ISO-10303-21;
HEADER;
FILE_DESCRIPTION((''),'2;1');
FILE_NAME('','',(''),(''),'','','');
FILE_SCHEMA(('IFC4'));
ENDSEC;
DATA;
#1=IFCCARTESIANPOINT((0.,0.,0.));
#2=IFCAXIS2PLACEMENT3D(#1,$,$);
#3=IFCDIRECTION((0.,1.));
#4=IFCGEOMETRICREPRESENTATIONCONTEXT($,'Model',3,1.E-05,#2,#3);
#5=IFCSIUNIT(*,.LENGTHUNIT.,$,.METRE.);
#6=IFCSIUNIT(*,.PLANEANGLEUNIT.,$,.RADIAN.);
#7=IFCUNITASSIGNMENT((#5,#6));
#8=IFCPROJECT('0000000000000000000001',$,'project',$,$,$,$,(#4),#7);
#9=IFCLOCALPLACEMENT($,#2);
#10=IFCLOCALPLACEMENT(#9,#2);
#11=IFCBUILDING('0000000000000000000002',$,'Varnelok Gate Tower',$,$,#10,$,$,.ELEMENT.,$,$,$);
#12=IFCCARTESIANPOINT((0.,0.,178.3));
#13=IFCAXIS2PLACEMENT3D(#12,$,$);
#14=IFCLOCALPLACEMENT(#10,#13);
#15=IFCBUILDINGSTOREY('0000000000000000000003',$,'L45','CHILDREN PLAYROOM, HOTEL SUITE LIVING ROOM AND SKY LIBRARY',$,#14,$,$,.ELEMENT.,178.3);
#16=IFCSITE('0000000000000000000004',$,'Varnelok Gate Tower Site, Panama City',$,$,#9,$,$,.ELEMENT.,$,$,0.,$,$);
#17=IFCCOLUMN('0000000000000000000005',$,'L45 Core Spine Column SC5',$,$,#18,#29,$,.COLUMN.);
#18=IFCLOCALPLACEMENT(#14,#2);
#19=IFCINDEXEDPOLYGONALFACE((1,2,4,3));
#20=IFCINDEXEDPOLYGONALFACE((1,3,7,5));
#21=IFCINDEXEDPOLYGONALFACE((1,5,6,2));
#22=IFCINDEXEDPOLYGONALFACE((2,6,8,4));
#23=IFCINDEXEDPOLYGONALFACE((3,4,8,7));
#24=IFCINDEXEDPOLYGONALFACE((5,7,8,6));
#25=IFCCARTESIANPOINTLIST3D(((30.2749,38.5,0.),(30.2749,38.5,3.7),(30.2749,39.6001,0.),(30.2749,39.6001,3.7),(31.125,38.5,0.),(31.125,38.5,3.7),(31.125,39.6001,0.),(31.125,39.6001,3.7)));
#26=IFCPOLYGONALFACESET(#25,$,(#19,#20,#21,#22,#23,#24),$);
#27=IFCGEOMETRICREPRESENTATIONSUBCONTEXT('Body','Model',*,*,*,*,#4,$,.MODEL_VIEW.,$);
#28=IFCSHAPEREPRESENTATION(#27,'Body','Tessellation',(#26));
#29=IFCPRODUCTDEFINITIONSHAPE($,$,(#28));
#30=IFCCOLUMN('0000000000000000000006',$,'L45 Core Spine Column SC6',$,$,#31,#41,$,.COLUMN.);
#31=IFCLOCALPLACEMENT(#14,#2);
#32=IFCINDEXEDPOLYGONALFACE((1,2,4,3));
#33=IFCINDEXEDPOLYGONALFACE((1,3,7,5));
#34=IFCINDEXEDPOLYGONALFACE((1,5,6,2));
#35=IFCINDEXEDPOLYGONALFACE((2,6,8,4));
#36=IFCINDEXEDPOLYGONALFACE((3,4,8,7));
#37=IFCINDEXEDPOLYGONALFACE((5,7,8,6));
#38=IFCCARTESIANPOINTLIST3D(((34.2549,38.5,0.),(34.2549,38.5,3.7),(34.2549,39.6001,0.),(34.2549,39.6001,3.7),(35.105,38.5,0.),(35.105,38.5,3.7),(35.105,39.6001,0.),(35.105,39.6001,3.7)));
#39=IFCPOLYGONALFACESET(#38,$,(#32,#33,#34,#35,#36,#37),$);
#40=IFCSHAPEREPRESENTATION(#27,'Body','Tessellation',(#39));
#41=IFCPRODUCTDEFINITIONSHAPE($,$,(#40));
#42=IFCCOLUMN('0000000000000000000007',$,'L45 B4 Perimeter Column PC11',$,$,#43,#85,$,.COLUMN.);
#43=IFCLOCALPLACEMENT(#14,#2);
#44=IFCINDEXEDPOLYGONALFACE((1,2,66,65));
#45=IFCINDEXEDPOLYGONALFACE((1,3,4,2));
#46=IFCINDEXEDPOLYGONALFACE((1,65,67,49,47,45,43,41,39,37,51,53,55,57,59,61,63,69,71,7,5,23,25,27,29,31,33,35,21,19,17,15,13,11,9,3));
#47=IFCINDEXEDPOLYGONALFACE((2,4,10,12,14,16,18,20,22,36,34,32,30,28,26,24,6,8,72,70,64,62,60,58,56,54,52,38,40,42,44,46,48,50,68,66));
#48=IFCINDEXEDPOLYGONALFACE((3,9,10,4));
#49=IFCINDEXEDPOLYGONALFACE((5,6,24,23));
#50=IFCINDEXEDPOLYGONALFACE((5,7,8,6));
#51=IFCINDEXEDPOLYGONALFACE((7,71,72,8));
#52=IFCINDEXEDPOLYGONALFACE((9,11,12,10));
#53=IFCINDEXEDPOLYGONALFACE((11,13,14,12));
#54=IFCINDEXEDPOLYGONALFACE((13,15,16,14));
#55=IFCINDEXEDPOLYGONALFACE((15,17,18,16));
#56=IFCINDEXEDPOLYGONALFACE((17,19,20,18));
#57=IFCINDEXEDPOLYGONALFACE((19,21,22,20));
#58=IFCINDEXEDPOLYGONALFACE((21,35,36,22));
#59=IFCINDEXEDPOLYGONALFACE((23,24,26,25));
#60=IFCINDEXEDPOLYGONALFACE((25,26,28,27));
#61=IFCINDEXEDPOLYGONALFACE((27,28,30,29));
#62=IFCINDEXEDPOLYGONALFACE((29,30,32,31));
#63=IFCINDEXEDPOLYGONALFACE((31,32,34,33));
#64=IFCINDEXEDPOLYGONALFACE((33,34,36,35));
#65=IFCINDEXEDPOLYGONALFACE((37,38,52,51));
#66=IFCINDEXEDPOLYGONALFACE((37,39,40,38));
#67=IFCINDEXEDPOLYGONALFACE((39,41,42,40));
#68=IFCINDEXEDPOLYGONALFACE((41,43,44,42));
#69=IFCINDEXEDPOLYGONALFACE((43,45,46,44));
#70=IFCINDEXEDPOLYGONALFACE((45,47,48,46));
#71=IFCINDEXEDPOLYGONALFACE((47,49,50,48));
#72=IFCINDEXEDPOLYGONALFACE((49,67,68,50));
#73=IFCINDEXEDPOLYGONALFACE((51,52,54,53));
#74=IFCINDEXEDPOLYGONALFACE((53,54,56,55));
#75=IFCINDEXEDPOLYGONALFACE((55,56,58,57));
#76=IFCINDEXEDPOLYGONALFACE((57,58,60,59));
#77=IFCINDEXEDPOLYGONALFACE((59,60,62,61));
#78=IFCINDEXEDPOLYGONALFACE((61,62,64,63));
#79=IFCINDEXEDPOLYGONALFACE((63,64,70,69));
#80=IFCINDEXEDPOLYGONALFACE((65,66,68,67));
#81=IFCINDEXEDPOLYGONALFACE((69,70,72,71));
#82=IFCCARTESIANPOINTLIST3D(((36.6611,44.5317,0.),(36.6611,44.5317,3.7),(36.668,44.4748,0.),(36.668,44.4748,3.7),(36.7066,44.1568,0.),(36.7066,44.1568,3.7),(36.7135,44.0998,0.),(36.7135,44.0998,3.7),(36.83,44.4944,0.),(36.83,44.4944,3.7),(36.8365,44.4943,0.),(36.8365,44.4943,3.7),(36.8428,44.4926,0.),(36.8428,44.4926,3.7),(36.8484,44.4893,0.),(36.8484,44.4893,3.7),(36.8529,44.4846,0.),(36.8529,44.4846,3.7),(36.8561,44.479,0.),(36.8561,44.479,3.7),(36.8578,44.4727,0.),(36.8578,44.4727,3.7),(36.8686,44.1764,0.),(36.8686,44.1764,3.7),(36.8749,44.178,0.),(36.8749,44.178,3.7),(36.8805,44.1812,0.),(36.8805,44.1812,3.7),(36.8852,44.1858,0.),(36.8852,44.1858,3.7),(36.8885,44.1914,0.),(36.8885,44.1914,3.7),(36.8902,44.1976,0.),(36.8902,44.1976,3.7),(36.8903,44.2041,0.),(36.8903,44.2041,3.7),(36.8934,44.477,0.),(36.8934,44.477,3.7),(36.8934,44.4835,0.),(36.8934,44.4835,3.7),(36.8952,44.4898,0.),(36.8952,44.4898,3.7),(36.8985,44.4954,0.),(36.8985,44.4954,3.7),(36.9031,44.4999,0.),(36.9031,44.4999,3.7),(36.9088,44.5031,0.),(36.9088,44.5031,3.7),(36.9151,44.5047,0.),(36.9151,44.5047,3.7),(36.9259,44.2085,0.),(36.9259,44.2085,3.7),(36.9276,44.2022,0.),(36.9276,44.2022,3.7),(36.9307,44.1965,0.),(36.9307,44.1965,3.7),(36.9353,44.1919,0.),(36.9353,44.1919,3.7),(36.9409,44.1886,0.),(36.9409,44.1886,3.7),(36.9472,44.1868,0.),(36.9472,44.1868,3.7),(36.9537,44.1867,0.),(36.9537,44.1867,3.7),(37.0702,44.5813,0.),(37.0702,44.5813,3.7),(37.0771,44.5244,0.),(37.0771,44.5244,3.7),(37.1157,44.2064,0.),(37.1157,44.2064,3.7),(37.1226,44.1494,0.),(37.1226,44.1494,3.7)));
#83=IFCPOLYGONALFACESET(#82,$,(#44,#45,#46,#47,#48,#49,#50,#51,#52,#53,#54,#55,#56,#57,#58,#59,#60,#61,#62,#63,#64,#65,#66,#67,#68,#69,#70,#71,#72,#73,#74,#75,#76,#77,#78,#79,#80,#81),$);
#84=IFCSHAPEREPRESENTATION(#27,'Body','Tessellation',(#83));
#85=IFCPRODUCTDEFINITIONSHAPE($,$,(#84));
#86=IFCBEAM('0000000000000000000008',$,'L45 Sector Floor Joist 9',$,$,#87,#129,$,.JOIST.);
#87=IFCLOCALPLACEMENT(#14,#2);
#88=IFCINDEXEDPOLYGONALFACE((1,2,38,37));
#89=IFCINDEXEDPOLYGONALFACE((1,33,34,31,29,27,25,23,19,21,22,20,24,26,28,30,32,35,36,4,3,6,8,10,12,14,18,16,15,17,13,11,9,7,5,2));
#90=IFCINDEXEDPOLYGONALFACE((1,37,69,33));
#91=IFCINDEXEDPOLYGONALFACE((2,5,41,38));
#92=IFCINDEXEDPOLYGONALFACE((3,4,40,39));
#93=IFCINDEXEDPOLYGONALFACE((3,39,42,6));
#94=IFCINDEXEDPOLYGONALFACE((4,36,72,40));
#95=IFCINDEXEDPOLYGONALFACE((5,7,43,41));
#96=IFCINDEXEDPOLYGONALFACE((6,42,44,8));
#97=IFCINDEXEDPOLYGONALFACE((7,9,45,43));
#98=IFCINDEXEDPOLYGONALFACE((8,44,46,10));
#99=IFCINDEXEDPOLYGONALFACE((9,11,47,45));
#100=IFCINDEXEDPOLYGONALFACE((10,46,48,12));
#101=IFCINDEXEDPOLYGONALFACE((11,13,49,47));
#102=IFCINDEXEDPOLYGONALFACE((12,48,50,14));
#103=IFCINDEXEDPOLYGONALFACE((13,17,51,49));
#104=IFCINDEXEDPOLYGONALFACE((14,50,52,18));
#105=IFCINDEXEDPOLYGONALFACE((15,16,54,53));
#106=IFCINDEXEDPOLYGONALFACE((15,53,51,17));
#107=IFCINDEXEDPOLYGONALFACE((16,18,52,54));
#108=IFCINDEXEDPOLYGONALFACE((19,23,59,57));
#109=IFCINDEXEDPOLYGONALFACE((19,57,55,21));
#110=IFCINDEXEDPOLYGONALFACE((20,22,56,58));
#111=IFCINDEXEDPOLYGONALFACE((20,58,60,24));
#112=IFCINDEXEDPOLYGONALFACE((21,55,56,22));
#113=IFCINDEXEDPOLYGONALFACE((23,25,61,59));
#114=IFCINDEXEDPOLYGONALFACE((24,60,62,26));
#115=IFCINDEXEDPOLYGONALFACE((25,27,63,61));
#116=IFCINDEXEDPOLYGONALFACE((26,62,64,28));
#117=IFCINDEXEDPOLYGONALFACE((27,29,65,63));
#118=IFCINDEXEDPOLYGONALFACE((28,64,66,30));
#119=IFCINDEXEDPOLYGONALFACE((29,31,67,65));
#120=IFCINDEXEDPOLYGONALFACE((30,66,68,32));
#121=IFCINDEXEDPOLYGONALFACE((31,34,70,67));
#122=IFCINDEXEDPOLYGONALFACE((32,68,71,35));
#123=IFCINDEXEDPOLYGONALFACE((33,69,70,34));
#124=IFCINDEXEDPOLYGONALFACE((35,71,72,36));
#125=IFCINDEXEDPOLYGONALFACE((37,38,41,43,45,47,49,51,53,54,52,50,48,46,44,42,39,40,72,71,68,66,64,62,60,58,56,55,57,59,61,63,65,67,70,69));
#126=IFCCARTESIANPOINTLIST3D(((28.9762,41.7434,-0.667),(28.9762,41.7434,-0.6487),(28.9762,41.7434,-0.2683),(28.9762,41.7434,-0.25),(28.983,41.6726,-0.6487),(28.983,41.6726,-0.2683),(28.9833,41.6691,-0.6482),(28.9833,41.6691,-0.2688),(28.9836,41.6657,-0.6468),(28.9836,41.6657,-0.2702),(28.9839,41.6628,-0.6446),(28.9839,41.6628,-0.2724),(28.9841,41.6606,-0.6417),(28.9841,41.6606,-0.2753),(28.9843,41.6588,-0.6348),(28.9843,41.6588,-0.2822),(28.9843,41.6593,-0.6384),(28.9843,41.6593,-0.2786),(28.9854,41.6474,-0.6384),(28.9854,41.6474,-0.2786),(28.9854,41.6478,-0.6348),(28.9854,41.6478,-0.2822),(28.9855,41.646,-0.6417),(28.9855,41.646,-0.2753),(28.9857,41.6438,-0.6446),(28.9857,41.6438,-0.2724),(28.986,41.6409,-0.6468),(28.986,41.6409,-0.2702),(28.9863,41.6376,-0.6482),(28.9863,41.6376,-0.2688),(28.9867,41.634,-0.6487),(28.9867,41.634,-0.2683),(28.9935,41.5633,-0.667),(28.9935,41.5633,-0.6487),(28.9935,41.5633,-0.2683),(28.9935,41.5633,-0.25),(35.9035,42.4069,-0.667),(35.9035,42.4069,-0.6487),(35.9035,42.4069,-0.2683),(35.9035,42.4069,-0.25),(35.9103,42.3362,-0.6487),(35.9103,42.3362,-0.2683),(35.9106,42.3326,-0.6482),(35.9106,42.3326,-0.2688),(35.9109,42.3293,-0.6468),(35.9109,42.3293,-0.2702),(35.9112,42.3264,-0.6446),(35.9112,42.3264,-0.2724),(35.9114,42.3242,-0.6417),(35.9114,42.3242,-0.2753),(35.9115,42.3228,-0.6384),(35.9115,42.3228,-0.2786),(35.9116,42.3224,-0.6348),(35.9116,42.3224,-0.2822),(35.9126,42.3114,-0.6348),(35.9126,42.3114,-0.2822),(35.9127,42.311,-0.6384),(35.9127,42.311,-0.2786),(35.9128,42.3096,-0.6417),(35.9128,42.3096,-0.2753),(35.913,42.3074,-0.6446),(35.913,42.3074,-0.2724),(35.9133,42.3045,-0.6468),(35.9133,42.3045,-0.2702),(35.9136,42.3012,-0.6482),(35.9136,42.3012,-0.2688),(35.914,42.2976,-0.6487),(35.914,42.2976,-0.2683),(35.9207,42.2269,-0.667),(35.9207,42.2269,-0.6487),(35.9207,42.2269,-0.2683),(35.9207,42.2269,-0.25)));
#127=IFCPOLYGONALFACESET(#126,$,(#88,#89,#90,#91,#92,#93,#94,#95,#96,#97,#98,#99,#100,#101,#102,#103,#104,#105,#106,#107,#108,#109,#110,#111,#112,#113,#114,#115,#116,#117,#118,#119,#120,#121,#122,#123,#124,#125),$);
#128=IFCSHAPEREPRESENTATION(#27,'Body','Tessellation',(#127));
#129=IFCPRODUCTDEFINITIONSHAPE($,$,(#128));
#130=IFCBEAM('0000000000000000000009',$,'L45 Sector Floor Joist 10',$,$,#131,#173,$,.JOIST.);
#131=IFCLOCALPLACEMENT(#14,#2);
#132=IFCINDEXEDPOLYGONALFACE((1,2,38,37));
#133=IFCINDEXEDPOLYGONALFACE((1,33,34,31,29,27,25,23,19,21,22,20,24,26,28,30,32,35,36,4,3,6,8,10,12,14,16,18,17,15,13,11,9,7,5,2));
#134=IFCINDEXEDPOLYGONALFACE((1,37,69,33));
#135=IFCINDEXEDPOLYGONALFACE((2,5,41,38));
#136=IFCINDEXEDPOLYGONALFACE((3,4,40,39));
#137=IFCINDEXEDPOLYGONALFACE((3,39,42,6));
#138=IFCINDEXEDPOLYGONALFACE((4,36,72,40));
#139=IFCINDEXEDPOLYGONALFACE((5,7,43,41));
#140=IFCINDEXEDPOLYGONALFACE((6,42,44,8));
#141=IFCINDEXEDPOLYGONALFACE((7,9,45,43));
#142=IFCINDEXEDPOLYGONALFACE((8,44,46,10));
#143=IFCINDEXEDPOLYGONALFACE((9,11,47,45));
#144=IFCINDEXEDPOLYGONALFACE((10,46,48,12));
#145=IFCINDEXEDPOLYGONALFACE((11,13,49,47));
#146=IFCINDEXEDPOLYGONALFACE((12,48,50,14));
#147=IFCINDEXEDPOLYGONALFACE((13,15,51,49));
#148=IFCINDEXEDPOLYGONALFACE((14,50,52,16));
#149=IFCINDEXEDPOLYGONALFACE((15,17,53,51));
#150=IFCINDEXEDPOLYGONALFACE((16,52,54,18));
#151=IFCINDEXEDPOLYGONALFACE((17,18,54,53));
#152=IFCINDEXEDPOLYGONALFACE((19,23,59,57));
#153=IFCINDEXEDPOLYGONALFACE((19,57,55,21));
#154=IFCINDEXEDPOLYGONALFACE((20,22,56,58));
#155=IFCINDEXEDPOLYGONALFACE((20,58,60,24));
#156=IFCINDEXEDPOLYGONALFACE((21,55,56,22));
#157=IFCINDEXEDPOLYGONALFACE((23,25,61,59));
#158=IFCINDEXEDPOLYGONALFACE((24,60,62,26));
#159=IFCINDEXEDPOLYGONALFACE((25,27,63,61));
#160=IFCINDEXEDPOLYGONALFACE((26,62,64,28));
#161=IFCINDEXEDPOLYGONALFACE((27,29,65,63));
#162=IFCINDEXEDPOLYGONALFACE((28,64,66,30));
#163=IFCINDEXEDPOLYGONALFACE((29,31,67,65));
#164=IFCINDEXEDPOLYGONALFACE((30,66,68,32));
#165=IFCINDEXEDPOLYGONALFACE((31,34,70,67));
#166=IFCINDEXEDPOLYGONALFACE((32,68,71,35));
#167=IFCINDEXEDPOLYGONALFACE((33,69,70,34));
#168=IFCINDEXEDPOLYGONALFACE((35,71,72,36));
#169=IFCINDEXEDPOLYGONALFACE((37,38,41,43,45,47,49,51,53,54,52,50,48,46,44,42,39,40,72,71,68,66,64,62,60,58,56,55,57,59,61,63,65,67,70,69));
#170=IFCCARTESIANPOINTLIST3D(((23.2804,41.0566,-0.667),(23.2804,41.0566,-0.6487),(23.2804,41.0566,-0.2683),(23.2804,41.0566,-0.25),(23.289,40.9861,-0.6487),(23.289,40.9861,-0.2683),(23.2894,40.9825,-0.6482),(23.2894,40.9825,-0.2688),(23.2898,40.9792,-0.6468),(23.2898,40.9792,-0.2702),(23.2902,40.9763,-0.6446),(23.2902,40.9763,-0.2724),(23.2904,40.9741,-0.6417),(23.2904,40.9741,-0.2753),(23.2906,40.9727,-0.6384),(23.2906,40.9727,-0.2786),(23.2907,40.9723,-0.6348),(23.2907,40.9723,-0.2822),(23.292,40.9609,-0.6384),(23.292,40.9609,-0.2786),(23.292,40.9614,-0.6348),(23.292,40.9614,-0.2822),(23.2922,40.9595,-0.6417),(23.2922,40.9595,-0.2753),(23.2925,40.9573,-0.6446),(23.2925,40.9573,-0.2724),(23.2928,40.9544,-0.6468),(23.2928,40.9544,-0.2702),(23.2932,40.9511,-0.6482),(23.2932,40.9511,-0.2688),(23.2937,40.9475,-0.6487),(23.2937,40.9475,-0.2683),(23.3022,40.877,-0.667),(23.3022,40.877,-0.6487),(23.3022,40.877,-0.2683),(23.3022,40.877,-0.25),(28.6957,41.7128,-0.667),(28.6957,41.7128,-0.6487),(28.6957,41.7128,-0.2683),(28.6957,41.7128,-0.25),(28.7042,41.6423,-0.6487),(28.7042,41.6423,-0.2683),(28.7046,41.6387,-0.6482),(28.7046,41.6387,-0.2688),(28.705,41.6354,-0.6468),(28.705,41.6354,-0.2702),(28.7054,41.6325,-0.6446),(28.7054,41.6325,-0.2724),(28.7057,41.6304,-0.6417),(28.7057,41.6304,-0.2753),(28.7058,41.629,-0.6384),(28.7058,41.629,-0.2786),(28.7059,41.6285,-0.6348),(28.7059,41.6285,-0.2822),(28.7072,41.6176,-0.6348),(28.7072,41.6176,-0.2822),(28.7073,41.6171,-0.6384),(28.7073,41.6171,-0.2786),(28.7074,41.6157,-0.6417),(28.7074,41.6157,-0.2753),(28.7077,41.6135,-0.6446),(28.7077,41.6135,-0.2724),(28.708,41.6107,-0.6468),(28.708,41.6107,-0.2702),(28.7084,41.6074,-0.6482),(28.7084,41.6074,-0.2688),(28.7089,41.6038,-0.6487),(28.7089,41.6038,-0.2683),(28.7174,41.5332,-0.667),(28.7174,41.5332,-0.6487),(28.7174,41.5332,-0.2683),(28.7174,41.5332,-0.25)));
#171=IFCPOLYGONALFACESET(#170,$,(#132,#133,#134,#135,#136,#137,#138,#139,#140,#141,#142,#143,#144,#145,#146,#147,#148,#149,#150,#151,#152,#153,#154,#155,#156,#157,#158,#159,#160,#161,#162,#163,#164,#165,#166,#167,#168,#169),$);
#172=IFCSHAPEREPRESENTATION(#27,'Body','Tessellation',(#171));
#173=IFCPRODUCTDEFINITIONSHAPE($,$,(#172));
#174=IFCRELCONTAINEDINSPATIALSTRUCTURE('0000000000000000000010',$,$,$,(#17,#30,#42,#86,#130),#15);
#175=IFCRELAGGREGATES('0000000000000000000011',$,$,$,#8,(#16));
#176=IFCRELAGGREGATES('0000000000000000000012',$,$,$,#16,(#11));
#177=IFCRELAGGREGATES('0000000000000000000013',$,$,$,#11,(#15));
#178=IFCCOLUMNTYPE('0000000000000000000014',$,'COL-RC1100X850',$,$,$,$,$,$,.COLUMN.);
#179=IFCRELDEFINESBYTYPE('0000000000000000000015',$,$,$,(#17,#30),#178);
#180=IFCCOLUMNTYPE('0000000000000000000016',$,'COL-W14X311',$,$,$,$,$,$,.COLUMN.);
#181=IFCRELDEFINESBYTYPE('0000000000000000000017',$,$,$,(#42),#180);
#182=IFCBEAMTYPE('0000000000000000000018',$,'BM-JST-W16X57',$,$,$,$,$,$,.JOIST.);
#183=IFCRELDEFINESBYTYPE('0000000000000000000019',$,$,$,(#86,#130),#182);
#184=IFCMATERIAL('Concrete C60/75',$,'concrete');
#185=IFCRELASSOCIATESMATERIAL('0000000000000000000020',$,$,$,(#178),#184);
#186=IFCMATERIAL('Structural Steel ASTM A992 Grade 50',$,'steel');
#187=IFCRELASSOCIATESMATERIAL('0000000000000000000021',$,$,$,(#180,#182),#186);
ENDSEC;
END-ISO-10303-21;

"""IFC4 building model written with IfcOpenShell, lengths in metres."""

from ifc_helpers import new_model, si_unit, direction, frame, origin, origin_2d, place, context, subcontext, project, spatial, rectangle, i_section, extrude, material, material_profile, profile_set, type_object, element, save


model = new_model("IFC4")

# Units and contexts
model_context = context("Model", 3, precision=1e-05, world=origin(), true_north=direction((0.0, 1.0)))
body_context = subcontext(model_context, "Body", "Model", "MODEL_VIEW")
ifc_project = project(units=[si_unit("LENGTHUNIT", "METRE"), si_unit("PLANEANGLEUNIT", "RADIAN")], contexts=[model_context])

# Site, building, storey
site_placement = place(None, origin())
site = spatial("IfcSite", under=ifc_project, at=site_placement, Name="Varnelok Gate Tower Site, Panama City", CompositionType="ELEMENT", RefElevation=0.0)
building_placement = place(site_placement, origin())
building = spatial("IfcBuilding", under=site, at=building_placement, Name="Varnelok Gate Tower", CompositionType="ELEMENT")
storey_placement = place(building_placement, frame((0.0, 0.0, 178.3)))
storey = spatial("IfcBuildingStorey", under=building, at=storey_placement, Name="L45", Description="CHILDREN PLAYROOM, HOTEL SUITE LIVING ROOM AND SKY LIBRARY", CompositionType="ELEMENT", Elevation=178.3)

# Columns
ifc_material_1 = material(Name="Concrete C60/75", Category="concrete")
ifc_material_profile_1 = material_profile(ifc_material_1, rectangle(XDim=0.8501, YDim=1.1001, at=origin_2d()), Name="RC1100X850")
ifc_profile_set_1 = profile_set([ifc_material_profile_1], Name="Concrete C60/75")
column_type_1 = type_object("IfcColumnType", Name="COL-RC1100X850", PredefinedType="COLUMN", material=ifc_profile_set_1)
for number, where, z_axis, x_axis, name in (
    (1, (30.7, 39.05, 0.0), (0.0, 0.0, 1.0), (1.0, 0.0, 0.0), "L45 Core Spine Column SC5"),
    (2, (34.6799, 39.05, 0.0), (0.0, 0.0, 1.0), (1.0, 0.0, 0.0), "L45 Core Spine Column SC6"),
):
    element("IfcColumn", number, at=place(storey_placement, frame(where, z_axis=z_axis, x_axis=x_axis)), inside=storey, type_object=column_type_1, Name=name, PredefinedType="COLUMN", context=body_context, shape_type="SweptSolid", body=[
        extrude(rectangle(XDim=0.8501, YDim=1.1001, at=origin_2d()), origin(), (0.0, 0.0, 1.0), 3.7),
    ])
ifc_material_2 = material(Name="Structural Steel ASTM A992 Grade 50", Category="steel")
ifc_material_profile_2 = material_profile(ifc_material_2, i_section(OverallWidth=0.4121, OverallDepth=0.4351, WebThickness=0.0359, FlangeThickness=0.0574, FilletRadius=0.0249, at=origin_2d()), Name="W14X311")
ifc_profile_set_2 = profile_set([ifc_material_profile_2], Name="Structural Steel ASTM A992 Grade 50")
column_type_2 = type_object("IfcColumnType", Name="COL-W14X311", PredefinedType="COLUMN", material=ifc_profile_set_2)
column_placement = place(storey_placement, frame((36.8918, 44.3406, 0.0), z_axis=(0.0, 0.0, 1.0), x_axis=(0.992732, 0.120345, 0.0)))
element("IfcColumn", 3, at=column_placement, inside=storey, type_object=column_type_2, Name="L45 B4 Perimeter Column PC11", PredefinedType="COLUMN", context=body_context, shape_type="SweptSolid", body=[
    extrude(i_section(OverallWidth=0.4121, OverallDepth=0.4351, WebThickness=0.0359, FlangeThickness=0.0574, FilletRadius=0.0249, at=origin_2d()), origin(), (0.0, 0.0, 1.0), 3.7),
])

# Beams
ifc_material_profile_3 = material_profile(ifc_material_2, i_section(OverallWidth=0.1809, OverallDepth=0.417, WebThickness=0.011, FlangeThickness=0.0183, FilletRadius=0.0139, at=origin_2d()), Name="W16X57")
ifc_profile_set_3 = profile_set([ifc_material_profile_3], Name="Structural Steel ASTM A992 Grade 50")
beam_type_1 = type_object("IfcBeamType", Name="BM-JST-W16X57", PredefinedType="JOIST", material=ifc_profile_set_3)
beam_1_placement = place(storey_placement, frame((35.9121, 42.3169, -0.4585), z_axis=(-0.995443, -0.095355, 0.0), x_axis=(0.095355, -0.995443, 0.0)))
element("IfcBeam", 4, at=beam_1_placement, inside=storey, type_object=beam_type_1, Name="L45 Sector Floor Joist 9", PredefinedType="JOIST", context=body_context, shape_type="SweptSolid", body=[
    extrude(i_section(OverallWidth=0.1809, OverallDepth=0.417, WebThickness=0.011, FlangeThickness=0.0183, FilletRadius=0.0139, at=origin_2d()), origin(), (0.0, 0.0, 1.0), 6.959),
])
beam_2_placement = place(storey_placement, frame((28.7065, 41.623, -0.4585), z_axis=(-0.992737, -0.120305, 0.0), x_axis=(0.120305, -0.992737, 0.0)))
element("IfcBeam", 5, at=beam_2_placement, inside=storey, type_object=beam_type_1, Name="L45 Sector Floor Joist 10", PredefinedType="JOIST", context=body_context, shape_type="SweptSolid", body=[
    extrude(i_section(OverallWidth=0.1809, OverallDepth=0.417, WebThickness=0.011, FlangeThickness=0.0183, FilletRadius=0.0139, at=origin_2d()), origin(), (0.0, 0.0, 1.0), 5.4548),
])

save(model, "model.ifc")
